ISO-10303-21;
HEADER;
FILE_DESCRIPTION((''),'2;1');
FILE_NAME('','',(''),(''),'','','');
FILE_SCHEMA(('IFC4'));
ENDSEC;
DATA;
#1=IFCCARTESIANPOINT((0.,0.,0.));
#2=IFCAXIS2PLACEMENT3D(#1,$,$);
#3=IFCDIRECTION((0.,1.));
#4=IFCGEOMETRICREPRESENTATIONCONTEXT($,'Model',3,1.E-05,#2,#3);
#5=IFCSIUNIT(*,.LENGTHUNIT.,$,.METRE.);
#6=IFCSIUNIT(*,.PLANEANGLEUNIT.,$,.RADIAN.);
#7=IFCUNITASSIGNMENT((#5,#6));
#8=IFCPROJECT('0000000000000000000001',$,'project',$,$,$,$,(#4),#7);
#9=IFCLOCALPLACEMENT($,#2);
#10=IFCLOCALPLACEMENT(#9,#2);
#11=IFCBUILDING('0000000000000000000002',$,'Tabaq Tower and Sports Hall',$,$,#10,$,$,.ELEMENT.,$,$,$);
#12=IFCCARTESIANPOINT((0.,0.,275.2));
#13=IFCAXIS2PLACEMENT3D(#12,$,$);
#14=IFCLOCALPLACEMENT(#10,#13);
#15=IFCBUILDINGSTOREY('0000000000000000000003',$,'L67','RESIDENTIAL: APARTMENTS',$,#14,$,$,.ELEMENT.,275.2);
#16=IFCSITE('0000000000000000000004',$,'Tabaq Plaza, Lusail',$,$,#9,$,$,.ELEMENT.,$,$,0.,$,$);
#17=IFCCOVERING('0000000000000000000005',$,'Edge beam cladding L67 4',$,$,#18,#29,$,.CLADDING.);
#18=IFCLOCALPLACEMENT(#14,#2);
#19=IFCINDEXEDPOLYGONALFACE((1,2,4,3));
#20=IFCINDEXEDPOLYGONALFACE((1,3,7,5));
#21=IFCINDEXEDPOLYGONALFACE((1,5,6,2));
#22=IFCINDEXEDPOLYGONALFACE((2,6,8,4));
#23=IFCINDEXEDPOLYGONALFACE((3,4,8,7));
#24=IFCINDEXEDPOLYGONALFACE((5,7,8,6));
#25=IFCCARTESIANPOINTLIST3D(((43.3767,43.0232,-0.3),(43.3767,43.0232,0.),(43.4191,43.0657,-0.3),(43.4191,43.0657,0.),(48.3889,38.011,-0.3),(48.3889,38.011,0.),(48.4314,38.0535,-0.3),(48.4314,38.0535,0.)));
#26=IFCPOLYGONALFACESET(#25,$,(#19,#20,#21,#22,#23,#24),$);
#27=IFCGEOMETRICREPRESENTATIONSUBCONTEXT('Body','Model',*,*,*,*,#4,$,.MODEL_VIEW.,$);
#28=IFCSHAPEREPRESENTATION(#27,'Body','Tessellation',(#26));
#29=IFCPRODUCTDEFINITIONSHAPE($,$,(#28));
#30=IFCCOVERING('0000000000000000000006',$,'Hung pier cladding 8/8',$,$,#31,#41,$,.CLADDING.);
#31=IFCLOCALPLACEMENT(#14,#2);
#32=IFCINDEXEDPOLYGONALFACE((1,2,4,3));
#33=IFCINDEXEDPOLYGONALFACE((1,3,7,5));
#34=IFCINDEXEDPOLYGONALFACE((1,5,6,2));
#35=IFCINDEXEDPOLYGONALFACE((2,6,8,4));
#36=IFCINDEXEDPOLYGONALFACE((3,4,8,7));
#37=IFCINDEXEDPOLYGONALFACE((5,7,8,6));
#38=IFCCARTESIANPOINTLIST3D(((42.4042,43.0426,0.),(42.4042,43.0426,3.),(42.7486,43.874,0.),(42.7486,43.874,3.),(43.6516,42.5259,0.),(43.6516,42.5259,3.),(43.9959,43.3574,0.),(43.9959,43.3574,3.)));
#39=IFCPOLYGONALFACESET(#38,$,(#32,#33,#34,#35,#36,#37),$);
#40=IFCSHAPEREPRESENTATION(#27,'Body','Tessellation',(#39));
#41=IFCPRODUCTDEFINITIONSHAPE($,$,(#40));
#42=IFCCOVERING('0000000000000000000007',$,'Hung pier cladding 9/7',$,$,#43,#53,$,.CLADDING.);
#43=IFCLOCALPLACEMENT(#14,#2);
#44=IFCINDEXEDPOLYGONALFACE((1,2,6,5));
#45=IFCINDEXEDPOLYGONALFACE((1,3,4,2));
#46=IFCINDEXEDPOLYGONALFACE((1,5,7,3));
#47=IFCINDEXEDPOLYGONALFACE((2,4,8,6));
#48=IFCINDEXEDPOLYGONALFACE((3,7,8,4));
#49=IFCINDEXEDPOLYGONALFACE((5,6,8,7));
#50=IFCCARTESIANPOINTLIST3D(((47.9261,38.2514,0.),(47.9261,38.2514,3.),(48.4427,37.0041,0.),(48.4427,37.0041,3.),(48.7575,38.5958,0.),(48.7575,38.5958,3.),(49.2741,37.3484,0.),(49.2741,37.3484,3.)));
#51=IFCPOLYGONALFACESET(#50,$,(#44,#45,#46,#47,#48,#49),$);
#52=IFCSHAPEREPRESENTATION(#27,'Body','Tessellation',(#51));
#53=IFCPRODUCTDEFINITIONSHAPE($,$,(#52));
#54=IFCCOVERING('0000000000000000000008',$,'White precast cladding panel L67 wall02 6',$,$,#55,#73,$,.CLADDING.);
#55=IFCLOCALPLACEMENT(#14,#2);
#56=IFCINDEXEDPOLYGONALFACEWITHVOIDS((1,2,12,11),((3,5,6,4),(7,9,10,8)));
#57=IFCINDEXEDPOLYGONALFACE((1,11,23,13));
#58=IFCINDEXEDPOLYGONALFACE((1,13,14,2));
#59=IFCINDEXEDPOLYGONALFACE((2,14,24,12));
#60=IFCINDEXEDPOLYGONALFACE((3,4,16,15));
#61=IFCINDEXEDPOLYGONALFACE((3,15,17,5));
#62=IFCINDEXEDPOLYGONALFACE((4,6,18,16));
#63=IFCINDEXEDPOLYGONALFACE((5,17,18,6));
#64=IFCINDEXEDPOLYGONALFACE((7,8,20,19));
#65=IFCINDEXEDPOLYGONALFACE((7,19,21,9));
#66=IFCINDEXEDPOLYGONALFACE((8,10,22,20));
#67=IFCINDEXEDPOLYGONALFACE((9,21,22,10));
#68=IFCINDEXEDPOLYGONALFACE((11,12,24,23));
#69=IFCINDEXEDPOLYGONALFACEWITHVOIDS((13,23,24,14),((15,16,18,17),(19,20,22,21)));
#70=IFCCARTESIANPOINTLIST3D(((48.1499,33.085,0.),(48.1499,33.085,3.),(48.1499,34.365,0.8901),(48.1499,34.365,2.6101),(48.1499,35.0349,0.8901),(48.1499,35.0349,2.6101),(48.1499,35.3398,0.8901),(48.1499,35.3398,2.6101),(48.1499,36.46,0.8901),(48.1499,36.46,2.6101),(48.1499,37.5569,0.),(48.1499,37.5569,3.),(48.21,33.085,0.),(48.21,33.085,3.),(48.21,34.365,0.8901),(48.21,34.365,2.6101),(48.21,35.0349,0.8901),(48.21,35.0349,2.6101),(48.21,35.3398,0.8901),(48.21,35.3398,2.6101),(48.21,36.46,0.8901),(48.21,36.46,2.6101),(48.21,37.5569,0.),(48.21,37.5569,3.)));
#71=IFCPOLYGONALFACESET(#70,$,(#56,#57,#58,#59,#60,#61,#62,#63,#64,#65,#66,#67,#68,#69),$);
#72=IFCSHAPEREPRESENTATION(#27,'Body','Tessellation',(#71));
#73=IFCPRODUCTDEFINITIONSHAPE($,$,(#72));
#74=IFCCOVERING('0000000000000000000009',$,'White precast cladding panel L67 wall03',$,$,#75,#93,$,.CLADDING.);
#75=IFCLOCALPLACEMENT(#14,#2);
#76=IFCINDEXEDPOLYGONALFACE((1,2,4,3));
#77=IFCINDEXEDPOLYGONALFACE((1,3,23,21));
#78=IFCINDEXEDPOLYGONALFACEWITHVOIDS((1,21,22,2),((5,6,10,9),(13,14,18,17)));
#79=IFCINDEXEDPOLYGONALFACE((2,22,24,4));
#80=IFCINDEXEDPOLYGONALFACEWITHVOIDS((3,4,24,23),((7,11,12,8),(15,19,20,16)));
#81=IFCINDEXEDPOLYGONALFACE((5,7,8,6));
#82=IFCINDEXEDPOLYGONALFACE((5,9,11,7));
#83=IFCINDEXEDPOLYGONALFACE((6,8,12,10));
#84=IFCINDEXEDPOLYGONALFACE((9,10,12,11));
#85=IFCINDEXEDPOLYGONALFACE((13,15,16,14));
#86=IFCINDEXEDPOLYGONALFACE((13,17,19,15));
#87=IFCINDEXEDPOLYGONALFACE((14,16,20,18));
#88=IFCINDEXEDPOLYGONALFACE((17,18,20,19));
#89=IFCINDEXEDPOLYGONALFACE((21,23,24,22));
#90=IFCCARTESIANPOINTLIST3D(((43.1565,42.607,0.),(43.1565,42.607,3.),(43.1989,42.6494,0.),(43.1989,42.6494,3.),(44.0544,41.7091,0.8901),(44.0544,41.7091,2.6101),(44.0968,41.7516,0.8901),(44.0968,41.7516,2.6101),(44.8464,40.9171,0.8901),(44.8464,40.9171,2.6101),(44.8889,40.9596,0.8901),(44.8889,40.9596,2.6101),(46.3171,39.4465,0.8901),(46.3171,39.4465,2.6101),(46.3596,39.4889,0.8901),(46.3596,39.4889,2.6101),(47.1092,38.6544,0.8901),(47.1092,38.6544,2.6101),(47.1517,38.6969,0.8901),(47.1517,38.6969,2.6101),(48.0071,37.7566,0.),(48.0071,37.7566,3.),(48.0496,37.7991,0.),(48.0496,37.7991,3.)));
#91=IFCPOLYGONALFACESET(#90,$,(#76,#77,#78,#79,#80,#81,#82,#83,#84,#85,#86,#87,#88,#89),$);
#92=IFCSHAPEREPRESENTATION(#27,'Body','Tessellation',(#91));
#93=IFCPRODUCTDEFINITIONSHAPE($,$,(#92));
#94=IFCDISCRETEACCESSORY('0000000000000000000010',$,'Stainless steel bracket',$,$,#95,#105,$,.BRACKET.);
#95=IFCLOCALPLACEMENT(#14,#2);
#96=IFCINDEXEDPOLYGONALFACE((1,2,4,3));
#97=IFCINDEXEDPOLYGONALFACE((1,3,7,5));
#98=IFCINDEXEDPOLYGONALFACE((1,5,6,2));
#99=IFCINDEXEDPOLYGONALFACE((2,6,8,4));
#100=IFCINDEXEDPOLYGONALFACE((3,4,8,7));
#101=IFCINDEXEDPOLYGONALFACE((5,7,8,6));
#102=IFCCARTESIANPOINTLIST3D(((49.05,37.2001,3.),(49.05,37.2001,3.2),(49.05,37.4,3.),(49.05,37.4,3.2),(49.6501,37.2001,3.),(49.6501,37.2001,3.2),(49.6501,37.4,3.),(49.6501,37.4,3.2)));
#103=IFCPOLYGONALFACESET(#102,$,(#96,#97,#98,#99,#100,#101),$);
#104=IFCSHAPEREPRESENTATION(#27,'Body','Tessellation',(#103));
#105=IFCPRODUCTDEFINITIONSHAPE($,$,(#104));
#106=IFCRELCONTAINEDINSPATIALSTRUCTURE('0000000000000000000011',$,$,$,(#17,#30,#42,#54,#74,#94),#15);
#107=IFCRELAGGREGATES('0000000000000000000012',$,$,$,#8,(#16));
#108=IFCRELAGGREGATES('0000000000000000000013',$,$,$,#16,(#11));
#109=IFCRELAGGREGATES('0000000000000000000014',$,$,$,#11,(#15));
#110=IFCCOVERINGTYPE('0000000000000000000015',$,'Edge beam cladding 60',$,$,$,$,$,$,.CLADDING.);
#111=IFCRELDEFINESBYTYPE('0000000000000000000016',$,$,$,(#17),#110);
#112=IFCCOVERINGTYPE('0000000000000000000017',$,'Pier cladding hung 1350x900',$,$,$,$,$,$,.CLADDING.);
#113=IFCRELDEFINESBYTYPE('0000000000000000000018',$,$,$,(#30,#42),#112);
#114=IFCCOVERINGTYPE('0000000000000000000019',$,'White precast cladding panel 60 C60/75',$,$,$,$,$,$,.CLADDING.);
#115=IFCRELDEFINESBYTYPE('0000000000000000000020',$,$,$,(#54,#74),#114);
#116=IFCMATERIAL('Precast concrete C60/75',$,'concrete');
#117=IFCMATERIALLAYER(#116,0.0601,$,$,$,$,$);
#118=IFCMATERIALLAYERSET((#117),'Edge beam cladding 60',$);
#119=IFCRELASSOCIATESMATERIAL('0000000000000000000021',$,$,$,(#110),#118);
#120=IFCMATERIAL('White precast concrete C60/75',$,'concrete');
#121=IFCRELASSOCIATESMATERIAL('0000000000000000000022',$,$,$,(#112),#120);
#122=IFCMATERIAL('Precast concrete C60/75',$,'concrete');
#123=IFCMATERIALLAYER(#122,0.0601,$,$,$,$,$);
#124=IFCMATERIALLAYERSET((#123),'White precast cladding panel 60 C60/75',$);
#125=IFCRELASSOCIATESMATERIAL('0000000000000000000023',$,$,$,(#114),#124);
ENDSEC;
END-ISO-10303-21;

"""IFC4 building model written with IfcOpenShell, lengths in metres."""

from ifc_helpers import new_model, si_unit, direction, frame, frame_2d, origin, origin_2d, place, context, subcontext, project, spatial, polyline, rectangle, outline, extrude, material, layer, layer_set, type_object, element, save


model = new_model("IFC4")

# Units and contexts
model_context = context("Model", 3, precision=1e-05, world=origin(), true_north=direction((0.0, 1.0)))
body_context = subcontext(model_context, "Body", "Model", "MODEL_VIEW")
ifc_project = project(units=[si_unit("LENGTHUNIT", "METRE"), si_unit("PLANEANGLEUNIT", "RADIAN")], contexts=[model_context])

# Site, building, storey
site_placement = place(None, origin())
site = spatial("IfcSite", under=ifc_project, at=site_placement, Name="Tabaq Plaza, Lusail", CompositionType="ELEMENT", RefElevation=0.0)
building_placement = place(site_placement, origin())
building = spatial("IfcBuilding", under=site, at=building_placement, Name="Tabaq Tower and Sports Hall", CompositionType="ELEMENT")
storey_placement = place(building_placement, frame((0.0, 0.0, 275.2)))
storey = spatial("IfcBuildingStorey", under=building, at=storey_placement, Name="L67", Description="RESIDENTIAL: APARTMENTS", CompositionType="ELEMENT", Elevation=275.2)

# Coverings
ifc_material_1 = material(Name="Precast concrete C60/75", Category="concrete")
ifc_layer_1 = layer(ifc_material_1, 0.0601)
ifc_layer_set_1 = layer_set([ifc_layer_1], Name="Edge beam cladding 60")
covering_type_1 = type_object("IfcCoveringType", Name="Edge beam cladding 60", PredefinedType="CLADDING", material=ifc_layer_set_1)
covering_1_placement = place(storey_placement, frame((48.4102, 38.0322, -0.3), z_axis=(0.0, 0.0, 1.0), x_axis=(-0.707107, 0.707107, 0.0)))
element("IfcCovering", 1, at=covering_1_placement, inside=storey, type_object=covering_type_1, Name="Edge beam cladding L67 4", PredefinedType="CLADDING", context=body_context, shape_type="SweptSolid", body=[
    extrude(rectangle(XDim=7.0884, YDim=0.0601, at=frame_2d((3.5442, 0.0))), origin(), (0.0, 0.0, 1.0), 0.3),
])
ifc_material_2 = material(Name="White precast concrete C60/75", Category="concrete")
covering_type_2 = type_object("IfcCoveringType", Name="Pier cladding hung 1350x900", PredefinedType="CLADDING", material=ifc_material_2)
for number, where, z_axis, x_axis, name in (
    (2, (43.8237, 42.9417, 0.0), (0.0, 0.0, 1.0), (-0.923893, 0.38265, 0.0), "Hung pier cladding 8/8"),
    (3, (48.8584, 37.1763, 0.0), (0.0, 0.0, 1.0), (-0.38265, 0.923893, 0.0), "Hung pier cladding 9/7"),
):
    element("IfcCovering", number, at=place(storey_placement, frame(where, z_axis=z_axis, x_axis=x_axis)), inside=storey, type_object=covering_type_2, Name=name, PredefinedType="CLADDING", context=body_context, shape_type="SweptSolid", body=[
        extrude(rectangle(XDim=1.3501, YDim=0.8999, at=frame_2d((0.675, 0.0))), origin(), (0.0, 0.0, 1.0), 3.0),
    ])
ifc_material_3 = material(Name="Precast concrete C60/75", Category="concrete")
ifc_layer_2 = layer(ifc_material_3, 0.0601)
ifc_layer_set_2 = layer_set([ifc_layer_2], Name="White precast cladding panel 60 C60/75")
covering_type_3 = type_object("IfcCoveringType", Name="White precast cladding panel 60 C60/75", PredefinedType="CLADDING", material=ifc_layer_set_2)
covering_2_placement = place(storey_placement, frame((48.1799, 33.085, 0.0), z_axis=(0.0, 0.0, 1.0), x_axis=(0.0, 1.0, 0.0)))
element("IfcCovering", 4, at=covering_2_placement, inside=storey, type_object=covering_type_3, Name="White precast cladding panel L67 wall02 6", PredefinedType="CLADDING", context=body_context, shape_type="SweptSolid", body=[
    extrude(outline(polyline([(0.0, 0.0), (4.4719, 0.0), (4.4719, 3.0), (0.0, 3.0), (0.0, 0.0)]), holes=[polyline([(1.28, 2.6101), (1.95, 2.6101), (1.95, 0.8901), (1.28, 0.8901), (1.28, 2.6101)]), polyline([(2.2549, 2.6101), (3.375, 2.6101), (3.375, 0.8901), (2.2549, 0.8901), (2.2549, 2.6101)])]), frame((0.0, 0.03, 0.0), z_axis=(0.0, -1.0, 0.0), x_axis=(1.0, 0.0, 0.0)), (0.0, 0.0, 1.0), 0.0601),
])
covering_3_placement = place(storey_placement, frame((48.0283, 37.7778, 0.0), z_axis=(0.0, 0.0, 1.0), x_axis=(-0.707125, 0.707089, 0.0)))
element("IfcCovering", 5, at=covering_3_placement, inside=storey, type_object=covering_type_3, Name="White precast cladding panel L67 wall03", PredefinedType="CLADDING", context=body_context, shape_type="SweptSolid", body=[
    extrude(outline(polyline([(0.0, 0.0), (6.8596, 0.0), (6.8596, 3.0), (0.0, 3.0), (0.0, 0.0)]), holes=[polyline([(1.2698, 2.6101), (2.3899, 2.6101), (2.3899, 0.8901), (1.2698, 0.8901), (1.2698, 2.6101)]), polyline([(4.4697, 2.6101), (5.5898, 2.6101), (5.5898, 0.8901), (4.4697, 0.8901), (4.4697, 2.6101)])]), frame((0.0, 0.03, 0.0), z_axis=(0.0, -1.0, 0.0), x_axis=(1.0, 0.0, 0.0)), (0.0, 0.0, 1.0), 0.0601),
])

# Discrete accessory
discrete_accessory_placement = place(storey_placement, frame((49.3501, 37.3, 3.0), z_axis=(0.0, 0.0, 1.0), x_axis=(1.0, 0.0, 0.0)))
element("IfcDiscreteAccessory", 6, at=discrete_accessory_placement, inside=storey, Name="Stainless steel bracket", PredefinedType="BRACKET", context=body_context, shape_type="SweptSolid", body=[
    extrude(rectangle(XDim=0.6001, YDim=0.2, at=origin_2d()), origin(), (0.0, 0.0, 1.0), 0.2),
])

save(model, "model.ifc")
